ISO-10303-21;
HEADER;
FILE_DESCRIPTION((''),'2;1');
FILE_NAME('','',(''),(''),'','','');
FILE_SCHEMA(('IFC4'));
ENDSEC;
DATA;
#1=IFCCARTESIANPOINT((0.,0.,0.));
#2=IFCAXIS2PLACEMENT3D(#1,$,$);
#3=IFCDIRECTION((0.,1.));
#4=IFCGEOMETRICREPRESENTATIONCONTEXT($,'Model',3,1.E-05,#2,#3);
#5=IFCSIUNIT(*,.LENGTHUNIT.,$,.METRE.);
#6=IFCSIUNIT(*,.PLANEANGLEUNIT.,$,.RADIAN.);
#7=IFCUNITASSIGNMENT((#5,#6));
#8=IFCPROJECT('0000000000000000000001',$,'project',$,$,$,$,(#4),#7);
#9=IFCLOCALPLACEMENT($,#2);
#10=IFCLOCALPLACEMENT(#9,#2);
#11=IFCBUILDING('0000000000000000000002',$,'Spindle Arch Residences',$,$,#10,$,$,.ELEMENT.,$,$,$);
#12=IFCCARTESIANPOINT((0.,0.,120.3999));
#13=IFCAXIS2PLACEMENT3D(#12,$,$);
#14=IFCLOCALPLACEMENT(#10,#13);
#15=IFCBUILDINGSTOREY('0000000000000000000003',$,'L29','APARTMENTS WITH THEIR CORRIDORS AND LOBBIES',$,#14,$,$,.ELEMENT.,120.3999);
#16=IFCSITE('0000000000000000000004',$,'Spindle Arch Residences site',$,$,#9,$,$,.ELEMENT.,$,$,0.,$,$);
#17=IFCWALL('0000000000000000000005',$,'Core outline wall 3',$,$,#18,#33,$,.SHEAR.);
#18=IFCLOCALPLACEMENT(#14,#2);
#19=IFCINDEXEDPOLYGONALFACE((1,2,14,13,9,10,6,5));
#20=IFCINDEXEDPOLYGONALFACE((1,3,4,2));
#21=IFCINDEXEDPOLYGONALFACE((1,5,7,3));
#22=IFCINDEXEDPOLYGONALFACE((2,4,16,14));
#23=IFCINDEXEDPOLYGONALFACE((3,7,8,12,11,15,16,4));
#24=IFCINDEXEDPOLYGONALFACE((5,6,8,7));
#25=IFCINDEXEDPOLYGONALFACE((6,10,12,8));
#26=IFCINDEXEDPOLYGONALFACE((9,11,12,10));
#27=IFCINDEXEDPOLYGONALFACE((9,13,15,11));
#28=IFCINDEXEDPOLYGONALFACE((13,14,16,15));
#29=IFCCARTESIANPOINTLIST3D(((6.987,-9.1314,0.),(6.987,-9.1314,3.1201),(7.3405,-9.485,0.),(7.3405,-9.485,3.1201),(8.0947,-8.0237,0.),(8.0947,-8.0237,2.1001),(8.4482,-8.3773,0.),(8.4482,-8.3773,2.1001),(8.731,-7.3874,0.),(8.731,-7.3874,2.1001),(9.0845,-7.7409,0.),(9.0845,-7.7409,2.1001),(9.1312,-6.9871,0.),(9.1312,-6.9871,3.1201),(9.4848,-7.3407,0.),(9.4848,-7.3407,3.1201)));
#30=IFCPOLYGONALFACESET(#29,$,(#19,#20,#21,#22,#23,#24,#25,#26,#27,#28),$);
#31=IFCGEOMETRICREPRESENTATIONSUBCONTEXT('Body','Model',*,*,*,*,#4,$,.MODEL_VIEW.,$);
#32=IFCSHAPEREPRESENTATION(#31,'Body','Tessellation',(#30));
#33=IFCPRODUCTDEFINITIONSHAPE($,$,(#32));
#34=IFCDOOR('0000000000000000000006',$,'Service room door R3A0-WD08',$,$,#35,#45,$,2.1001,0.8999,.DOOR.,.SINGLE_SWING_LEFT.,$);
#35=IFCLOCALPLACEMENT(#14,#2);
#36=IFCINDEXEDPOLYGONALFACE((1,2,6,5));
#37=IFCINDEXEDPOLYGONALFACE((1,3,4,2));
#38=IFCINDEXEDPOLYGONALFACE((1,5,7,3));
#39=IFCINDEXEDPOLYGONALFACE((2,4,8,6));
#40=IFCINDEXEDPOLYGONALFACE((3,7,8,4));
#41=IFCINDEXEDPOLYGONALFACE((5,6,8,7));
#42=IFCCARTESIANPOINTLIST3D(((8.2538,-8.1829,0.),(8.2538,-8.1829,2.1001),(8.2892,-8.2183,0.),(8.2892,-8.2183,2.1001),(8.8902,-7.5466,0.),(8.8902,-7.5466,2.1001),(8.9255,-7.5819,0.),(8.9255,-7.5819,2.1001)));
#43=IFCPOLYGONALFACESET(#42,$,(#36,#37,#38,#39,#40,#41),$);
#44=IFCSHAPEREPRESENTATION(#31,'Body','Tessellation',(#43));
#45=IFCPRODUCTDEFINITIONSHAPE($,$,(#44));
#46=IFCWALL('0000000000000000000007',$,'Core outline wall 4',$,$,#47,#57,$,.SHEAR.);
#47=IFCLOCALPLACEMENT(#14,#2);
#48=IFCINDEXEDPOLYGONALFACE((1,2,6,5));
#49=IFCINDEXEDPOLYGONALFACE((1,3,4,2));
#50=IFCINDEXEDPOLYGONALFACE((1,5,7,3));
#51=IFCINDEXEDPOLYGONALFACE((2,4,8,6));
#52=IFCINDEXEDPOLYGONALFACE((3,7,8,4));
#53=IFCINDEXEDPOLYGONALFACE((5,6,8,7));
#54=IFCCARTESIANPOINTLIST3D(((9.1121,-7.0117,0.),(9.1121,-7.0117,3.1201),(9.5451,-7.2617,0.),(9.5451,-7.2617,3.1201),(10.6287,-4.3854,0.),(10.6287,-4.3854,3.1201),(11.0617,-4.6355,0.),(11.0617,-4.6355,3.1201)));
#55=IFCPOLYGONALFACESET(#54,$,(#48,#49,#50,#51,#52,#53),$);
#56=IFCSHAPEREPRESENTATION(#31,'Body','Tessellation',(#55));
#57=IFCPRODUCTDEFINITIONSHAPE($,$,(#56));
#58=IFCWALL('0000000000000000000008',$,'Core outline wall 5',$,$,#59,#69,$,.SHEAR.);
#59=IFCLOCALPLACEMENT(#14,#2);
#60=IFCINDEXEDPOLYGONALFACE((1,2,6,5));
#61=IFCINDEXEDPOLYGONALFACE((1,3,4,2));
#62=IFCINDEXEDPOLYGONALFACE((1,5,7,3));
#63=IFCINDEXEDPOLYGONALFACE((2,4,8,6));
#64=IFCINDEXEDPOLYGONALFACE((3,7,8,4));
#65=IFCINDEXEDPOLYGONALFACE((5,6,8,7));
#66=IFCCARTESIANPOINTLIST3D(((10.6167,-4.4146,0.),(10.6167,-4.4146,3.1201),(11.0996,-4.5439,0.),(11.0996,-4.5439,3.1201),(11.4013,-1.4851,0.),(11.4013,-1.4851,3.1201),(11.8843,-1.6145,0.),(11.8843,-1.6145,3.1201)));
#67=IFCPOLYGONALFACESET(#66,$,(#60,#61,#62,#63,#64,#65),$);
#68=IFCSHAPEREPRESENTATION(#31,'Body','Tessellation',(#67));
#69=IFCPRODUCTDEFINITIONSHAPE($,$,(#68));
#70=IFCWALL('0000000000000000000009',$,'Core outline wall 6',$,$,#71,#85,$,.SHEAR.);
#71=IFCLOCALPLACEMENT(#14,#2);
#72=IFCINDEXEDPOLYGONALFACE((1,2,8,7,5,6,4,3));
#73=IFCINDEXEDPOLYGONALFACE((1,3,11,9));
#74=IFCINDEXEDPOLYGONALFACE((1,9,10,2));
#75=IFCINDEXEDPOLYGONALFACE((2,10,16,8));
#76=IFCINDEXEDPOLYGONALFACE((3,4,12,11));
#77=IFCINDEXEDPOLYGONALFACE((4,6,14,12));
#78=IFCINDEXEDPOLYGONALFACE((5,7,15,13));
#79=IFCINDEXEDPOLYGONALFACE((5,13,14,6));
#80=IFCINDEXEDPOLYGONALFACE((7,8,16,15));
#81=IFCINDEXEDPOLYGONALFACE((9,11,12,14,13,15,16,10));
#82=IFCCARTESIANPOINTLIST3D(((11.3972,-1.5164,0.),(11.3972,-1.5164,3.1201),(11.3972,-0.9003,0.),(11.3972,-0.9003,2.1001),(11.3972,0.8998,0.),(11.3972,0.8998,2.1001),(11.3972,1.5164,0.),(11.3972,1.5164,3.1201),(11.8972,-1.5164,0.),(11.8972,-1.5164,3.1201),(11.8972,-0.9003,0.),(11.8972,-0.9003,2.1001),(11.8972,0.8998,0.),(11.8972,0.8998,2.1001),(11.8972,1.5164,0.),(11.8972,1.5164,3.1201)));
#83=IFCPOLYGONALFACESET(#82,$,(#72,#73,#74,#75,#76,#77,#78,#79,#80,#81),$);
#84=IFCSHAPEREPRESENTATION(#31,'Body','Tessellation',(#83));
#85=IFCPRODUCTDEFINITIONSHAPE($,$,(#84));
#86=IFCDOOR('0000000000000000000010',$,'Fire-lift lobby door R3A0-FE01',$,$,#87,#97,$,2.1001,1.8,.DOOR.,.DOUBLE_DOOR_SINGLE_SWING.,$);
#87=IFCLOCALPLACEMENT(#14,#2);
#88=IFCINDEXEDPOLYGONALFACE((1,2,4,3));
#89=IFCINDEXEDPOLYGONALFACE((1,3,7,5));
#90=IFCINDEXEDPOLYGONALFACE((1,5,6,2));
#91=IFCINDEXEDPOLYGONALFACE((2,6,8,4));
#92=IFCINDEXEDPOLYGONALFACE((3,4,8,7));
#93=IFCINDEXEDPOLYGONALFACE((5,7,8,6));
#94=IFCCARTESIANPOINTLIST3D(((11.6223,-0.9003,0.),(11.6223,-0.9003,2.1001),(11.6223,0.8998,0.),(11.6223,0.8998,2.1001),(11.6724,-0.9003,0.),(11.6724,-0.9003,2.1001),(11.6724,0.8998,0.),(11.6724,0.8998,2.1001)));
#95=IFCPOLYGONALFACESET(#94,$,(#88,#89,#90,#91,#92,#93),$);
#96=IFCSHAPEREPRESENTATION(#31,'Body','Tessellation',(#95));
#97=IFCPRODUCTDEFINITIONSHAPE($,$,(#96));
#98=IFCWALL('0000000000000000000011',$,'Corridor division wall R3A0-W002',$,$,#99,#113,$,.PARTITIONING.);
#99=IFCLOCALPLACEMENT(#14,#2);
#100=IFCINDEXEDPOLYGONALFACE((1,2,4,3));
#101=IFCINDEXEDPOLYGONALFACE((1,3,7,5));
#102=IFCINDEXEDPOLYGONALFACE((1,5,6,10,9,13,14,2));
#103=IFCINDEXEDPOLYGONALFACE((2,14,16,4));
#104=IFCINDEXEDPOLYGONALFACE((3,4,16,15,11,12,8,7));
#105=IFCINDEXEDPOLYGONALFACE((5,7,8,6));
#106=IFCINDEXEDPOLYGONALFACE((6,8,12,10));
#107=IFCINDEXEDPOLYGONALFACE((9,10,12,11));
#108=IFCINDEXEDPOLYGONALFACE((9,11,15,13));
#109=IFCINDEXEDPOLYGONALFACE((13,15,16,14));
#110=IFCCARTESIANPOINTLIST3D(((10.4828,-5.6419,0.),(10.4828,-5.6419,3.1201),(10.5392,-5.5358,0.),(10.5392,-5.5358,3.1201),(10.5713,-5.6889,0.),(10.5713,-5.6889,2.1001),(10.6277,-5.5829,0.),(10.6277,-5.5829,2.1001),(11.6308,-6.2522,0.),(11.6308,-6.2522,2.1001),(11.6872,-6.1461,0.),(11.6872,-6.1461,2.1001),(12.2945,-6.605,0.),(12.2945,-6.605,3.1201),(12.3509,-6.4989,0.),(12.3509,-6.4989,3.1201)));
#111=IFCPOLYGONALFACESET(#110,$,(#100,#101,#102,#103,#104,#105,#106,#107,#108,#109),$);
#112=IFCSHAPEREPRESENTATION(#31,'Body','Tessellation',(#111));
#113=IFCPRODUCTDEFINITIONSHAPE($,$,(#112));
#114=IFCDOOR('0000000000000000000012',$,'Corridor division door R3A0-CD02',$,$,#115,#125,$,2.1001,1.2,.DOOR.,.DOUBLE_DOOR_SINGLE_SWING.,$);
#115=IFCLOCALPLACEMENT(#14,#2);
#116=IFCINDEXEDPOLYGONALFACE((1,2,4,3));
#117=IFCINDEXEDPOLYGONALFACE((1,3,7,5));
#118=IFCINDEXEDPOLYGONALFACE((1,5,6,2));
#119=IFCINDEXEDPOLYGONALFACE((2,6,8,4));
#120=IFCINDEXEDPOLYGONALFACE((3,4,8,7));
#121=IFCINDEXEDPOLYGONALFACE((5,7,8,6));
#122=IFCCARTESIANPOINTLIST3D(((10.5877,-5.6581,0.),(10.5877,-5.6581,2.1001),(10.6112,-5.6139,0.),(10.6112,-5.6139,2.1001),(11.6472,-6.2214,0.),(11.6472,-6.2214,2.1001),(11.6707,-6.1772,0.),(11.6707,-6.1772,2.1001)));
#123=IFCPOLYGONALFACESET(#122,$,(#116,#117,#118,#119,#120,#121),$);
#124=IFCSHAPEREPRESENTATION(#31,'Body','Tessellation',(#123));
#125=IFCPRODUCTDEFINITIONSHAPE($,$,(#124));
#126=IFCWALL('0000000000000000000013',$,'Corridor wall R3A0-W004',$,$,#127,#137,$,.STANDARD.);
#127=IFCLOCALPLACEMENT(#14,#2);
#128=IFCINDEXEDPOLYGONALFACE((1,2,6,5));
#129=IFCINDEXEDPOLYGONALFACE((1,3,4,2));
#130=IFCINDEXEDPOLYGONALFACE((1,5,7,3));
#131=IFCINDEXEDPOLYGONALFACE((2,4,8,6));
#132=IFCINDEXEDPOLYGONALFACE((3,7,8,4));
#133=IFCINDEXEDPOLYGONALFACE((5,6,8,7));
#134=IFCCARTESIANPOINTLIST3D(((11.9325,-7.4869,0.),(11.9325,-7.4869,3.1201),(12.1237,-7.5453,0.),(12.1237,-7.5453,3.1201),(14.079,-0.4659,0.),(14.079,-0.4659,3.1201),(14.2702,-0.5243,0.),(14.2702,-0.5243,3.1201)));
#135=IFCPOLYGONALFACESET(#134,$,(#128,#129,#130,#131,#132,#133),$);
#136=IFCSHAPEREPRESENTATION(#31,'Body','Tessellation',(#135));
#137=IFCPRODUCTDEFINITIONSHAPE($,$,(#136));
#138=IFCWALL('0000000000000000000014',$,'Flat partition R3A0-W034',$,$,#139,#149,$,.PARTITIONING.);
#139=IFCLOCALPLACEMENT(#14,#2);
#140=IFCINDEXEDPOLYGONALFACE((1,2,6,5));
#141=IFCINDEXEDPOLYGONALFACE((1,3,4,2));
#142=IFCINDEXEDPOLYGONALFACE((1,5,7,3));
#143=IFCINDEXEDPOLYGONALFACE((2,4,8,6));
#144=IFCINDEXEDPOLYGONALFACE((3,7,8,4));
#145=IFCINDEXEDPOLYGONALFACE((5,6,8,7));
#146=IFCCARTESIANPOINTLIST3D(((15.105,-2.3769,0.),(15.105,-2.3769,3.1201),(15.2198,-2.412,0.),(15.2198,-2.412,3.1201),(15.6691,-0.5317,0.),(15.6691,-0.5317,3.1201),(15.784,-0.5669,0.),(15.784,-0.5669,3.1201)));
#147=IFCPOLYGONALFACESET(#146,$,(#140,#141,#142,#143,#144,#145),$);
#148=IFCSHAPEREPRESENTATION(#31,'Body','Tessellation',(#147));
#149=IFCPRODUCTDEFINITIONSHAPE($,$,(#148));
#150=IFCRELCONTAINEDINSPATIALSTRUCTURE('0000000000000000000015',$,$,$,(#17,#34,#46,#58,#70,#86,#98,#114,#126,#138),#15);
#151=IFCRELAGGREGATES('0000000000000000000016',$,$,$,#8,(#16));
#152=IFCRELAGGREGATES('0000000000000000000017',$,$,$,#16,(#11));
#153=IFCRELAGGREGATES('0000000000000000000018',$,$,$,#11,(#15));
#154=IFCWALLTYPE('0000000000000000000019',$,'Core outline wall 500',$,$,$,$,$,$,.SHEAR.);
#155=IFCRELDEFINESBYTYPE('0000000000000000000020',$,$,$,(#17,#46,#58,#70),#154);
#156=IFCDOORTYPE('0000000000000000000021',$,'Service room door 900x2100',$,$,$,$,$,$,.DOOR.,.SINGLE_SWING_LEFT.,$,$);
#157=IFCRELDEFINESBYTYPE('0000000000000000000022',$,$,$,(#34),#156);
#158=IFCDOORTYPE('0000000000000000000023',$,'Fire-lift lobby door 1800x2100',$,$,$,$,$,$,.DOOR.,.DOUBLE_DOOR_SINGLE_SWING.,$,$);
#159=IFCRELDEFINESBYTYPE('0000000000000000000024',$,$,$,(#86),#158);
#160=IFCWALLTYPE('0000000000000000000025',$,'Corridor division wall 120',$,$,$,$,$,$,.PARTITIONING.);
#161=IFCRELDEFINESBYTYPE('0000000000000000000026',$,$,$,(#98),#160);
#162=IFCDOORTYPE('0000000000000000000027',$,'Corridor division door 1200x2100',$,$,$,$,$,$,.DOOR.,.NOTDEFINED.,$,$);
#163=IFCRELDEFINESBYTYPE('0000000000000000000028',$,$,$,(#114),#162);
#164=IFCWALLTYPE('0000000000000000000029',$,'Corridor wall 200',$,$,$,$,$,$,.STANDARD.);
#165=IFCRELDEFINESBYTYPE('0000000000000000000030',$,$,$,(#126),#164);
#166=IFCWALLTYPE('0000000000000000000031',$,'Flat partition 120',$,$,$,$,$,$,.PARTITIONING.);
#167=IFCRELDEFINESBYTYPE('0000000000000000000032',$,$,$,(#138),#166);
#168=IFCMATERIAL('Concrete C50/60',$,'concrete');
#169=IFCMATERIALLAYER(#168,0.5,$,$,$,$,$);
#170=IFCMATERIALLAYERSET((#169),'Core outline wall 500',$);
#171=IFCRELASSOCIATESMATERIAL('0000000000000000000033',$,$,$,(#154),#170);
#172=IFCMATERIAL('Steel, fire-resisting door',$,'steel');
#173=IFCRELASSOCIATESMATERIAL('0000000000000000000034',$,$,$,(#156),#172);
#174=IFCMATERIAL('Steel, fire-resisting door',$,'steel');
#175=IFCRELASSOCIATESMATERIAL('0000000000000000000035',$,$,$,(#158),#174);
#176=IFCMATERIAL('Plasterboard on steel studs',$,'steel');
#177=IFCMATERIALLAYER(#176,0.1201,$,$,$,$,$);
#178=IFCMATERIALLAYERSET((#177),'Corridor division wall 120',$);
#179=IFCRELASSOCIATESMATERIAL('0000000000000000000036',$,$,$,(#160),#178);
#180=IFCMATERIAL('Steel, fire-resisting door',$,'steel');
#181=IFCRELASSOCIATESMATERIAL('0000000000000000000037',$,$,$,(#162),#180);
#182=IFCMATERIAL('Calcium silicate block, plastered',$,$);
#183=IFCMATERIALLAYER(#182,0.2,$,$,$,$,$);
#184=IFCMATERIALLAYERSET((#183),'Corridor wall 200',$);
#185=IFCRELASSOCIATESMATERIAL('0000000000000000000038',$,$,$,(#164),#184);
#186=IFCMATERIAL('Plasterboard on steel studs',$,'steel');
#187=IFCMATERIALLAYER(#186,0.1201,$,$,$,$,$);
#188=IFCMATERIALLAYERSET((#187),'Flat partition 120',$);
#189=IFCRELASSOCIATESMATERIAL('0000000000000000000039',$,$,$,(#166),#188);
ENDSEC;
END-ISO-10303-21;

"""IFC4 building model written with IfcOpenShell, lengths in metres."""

from ifc_helpers import new_model, si_unit, direction, frame, frame_2d, origin, place, context, subcontext, project, spatial, rectangle, extrude, material, layer, layer_set, type_object, element, fill, save


model = new_model("IFC4")

# Units and contexts
model_context = context("Model", 3, precision=1e-05, world=origin(), true_north=direction((0.0, 1.0)))
body_context = subcontext(model_context, "Body", "Model", "MODEL_VIEW")
ifc_project = project(units=[si_unit("LENGTHUNIT", "METRE"), si_unit("PLANEANGLEUNIT", "RADIAN")], contexts=[model_context])

# Site, building, storey
site_placement = place(None, origin())
site = spatial("IfcSite", under=ifc_project, at=site_placement, Name="Spindle Arch Residences site", CompositionType="ELEMENT", RefElevation=0.0)
building_placement = place(site_placement, origin())
building = spatial("IfcBuilding", under=site, at=building_placement, Name="Spindle Arch Residences", CompositionType="ELEMENT")
storey_placement = place(building_placement, frame((0.0, 0.0, 120.3999)))
storey = spatial("IfcBuildingStorey", under=building, at=storey_placement, Name="L29", Description="APARTMENTS WITH THEIR CORRIDORS AND LOBBIES", CompositionType="ELEMENT", Elevation=120.3999)

# Wall, opening, door
ifc_material_1 = material(Name="Concrete C50/60", Category="concrete")
ifc_layer_1 = layer(ifc_material_1, 0.5)
ifc_layer_set_1 = layer_set([ifc_layer_1], Name="Core outline wall 500")
wall_type_1 = type_object("IfcWallType", Name="Core outline wall 500", PredefinedType="SHEAR", material=ifc_layer_set_1)
wall_1_placement = place(storey_placement, frame((7.1638, -9.3081, 0.0), z_axis=(0.0, 0.0, 1.0), x_axis=(0.707107, 0.707107, 0.0)))
wall_1 = element("IfcWall", 1, at=wall_1_placement, inside=storey, type_object=wall_type_1, Name="Core outline wall 3", PredefinedType="SHEAR", context=body_context, shape_type="SweptSolid", body=[
    extrude(rectangle(XDim=3.0325, YDim=0.5, at=frame_2d((1.5161, 0.0))), origin(), (0.0, 0.0, 1.0), 3.1201),
])
opening_1_placement = place(wall_1_placement, frame((1.5664, 0.0, 0.0)))
opening_1 = element("IfcOpeningElement", 2, at=opening_1_placement, cuts=wall_1, PredefinedType="OPENING", context=body_context, shape_type="SweptSolid", body=[
    extrude(rectangle(XDim=0.8999, YDim=2.1001, at=frame_2d((0.45, 1.05))), frame((0.0, 0.26, 0.0), z_axis=(0.0, -1.0, 0.0), x_axis=(1.0, 0.0, 0.0)), (0.0, 0.0, 1.0), 0.52),
])
ifc_material_2 = material(Name="Steel, fire-resisting door", Category="steel")
door_type_1 = type_object("IfcDoorType", Name="Service room door 900x2100", OperationType="SINGLE_SWING_LEFT", PredefinedType="DOOR", material=ifc_material_2)
door_1_placement = place(opening_1_placement, origin())
door_1 = element("IfcDoor", 3, at=door_1_placement, inside=storey, type_object=door_type_1, Name="Service room door R3A0-WD08", OperationType="SINGLE_SWING_LEFT", OverallHeight=2.1001, OverallWidth=0.8999, PredefinedType="DOOR", context=body_context, shape_type="SweptSolid", body=[
    extrude(rectangle(XDim=0.8999, YDim=2.1001, at=frame_2d((0.45, 1.05))), frame((0.0, 0.0249, 0.0), z_axis=(0.0, -1.0, 0.0), x_axis=(1.0, 0.0, 0.0)), (0.0, 0.0, 1.0), 0.05),
])
fill(opening_1, door_1)

# Walls
for number, where, z_axis, x_axis, name in (
    (4, (9.3286, -7.1367, 0.0), (0.0, 0.0, 1.0), (0.500087, 0.865975, 0.0), "Core outline wall 4"),
    (5, (10.8582, -4.4792, 0.0), (0.0, 0.0, 1.0), (0.258735, 0.965948, 0.0), "Core outline wall 5"),
):
    element("IfcWall", number, at=place(storey_placement, frame(where, z_axis=z_axis, x_axis=x_axis)), inside=storey, type_object=wall_type_1, Name=name, PredefinedType="SHEAR", context=body_context, shape_type="SweptSolid", body=[
        extrude(rectangle(XDim=3.0327, YDim=0.5, at=frame_2d((1.5164, 0.0))), origin(), (0.0, 0.0, 1.0), 3.1201),
    ])

# Walls, openings, doors
wall_2_placement = place(storey_placement, frame((11.6472, -1.5164, 0.0), z_axis=(0.0, 0.0, 1.0), x_axis=(0.0, 1.0, 0.0)))
wall_2 = element("IfcWall", 6, at=wall_2_placement, inside=storey, type_object=wall_type_1, Name="Core outline wall 6", PredefinedType="SHEAR", context=body_context, shape_type="SweptSolid", body=[
    extrude(rectangle(XDim=3.0327, YDim=0.5, at=frame_2d((1.5164, 0.0))), origin(), (0.0, 0.0, 1.0), 3.1201),
])
opening_2_placement = place(wall_2_placement, frame((0.6162, 0.0, 0.0)))
opening_2 = element("IfcOpeningElement", 7, at=opening_2_placement, cuts=wall_2, PredefinedType="OPENING", context=body_context, shape_type="SweptSolid", body=[
    extrude(rectangle(XDim=1.8, YDim=2.1001, at=frame_2d((0.8999, 1.05))), frame((0.0, 0.26, 0.0), z_axis=(0.0, -1.0, 0.0), x_axis=(1.0, 0.0, 0.0)), (0.0, 0.0, 1.0), 0.52),
])
ifc_material_3 = material(Name="Steel, fire-resisting door", Category="steel")
door_type_2 = type_object("IfcDoorType", Name="Fire-lift lobby door 1800x2100", OperationType="DOUBLE_DOOR_SINGLE_SWING", PredefinedType="DOOR", material=ifc_material_3)
door_2_placement = place(opening_2_placement, origin())
door_2 = element("IfcDoor", 8, at=door_2_placement, inside=storey, type_object=door_type_2, Name="Fire-lift lobby door R3A0-FE01", OperationType="DOUBLE_DOOR_SINGLE_SWING", OverallHeight=2.1001, OverallWidth=1.8, PredefinedType="DOOR", context=body_context, shape_type="SweptSolid", body=[
    extrude(rectangle(XDim=1.8, YDim=2.1001, at=frame_2d((0.8999, 1.05))), frame((0.0, 0.0249, 0.0), z_axis=(0.0, -1.0, 0.0), x_axis=(1.0, 0.0, 0.0)), (0.0, 0.0, 1.0), 0.05),
])
fill(opening_2, door_2)
ifc_material_4 = material(Name="Plasterboard on steel studs", Category="steel")
ifc_layer_2 = layer(ifc_material_4, 0.1201)
ifc_layer_set_2 = layer_set([ifc_layer_2], Name="Corridor division wall 120")
wall_type_2 = type_object("IfcWallType", Name="Corridor division wall 120", PredefinedType="PARTITIONING", material=ifc_layer_set_2)
wall_3_placement = place(storey_placement, frame((10.511, -5.5889, 0.0), z_axis=(0.0, 0.0, 1.0), x_axis=(0.882988, -0.469396, 0.0)))
wall_3 = element("IfcWall", 9, at=wall_3_placement, inside=storey, type_object=wall_type_2, Name="Corridor division wall R3A0-W002", PredefinedType="PARTITIONING", context=body_context, shape_type="SweptSolid", body=[
    extrude(rectangle(XDim=2.0518, YDim=0.1201, at=frame_2d((1.0259, 0.0))), origin(), (0.0, 0.0, 1.0), 3.1201),
])
opening_3_placement = place(wall_3_placement, frame((0.1001, 0.0, 0.0)))
opening_3 = element("IfcOpeningElement", 10, at=opening_3_placement, cuts=wall_3, PredefinedType="OPENING", context=body_context, shape_type="SweptSolid", body=[
    extrude(rectangle(XDim=1.2, YDim=2.1001, at=frame_2d((0.6001, 1.05))), frame((0.0, 0.0701, 0.0), z_axis=(0.0, -1.0, 0.0), x_axis=(1.0, 0.0, 0.0)), (0.0, 0.0, 1.0), 0.1401),
])
ifc_material_5 = material(Name="Steel, fire-resisting door", Category="steel")
door_type_3 = type_object("IfcDoorType", Name="Corridor division door 1200x2100", OperationType="NOTDEFINED", PredefinedType="DOOR", material=ifc_material_5)
door_3_placement = place(opening_3_placement, origin())
door_3 = element("IfcDoor", 11, at=door_3_placement, inside=storey, type_object=door_type_3, Name="Corridor division door R3A0-CD02", OperationType="DOUBLE_DOOR_SINGLE_SWING", OverallHeight=2.1001, OverallWidth=1.2, PredefinedType="DOOR", context=body_context, shape_type="SweptSolid", body=[
    extrude(rectangle(XDim=1.2, YDim=2.1001, at=frame_2d((0.6001, 1.05))), frame((0.0, 0.0249, 0.0), z_axis=(0.0, -1.0, 0.0), x_axis=(1.0, 0.0, 0.0)), (0.0, 0.0, 1.0), 0.05),
])
fill(opening_3, door_3)

# Walls
ifc_material_6 = material(Name="Calcium silicate block, plastered")
ifc_layer_3 = layer(ifc_material_6, 0.2)
ifc_layer_set_3 = layer_set([ifc_layer_3], Name="Corridor wall 200")
wall_type_3 = type_object("IfcWallType", Name="Corridor wall 200", PredefinedType="STANDARD", material=ifc_layer_set_3)
wall_4_placement = place(storey_placement, frame((12.0281, -7.5161, 0.0), z_axis=(0.0, 0.0, 1.0), x_axis=(0.292366, 0.956307, 0.0)))
element("IfcWall", 12, at=wall_4_placement, inside=storey, type_object=wall_type_3, Name="Corridor wall R3A0-W004", PredefinedType="STANDARD", context=body_context, shape_type="SweptSolid", body=[
    extrude(rectangle(XDim=7.3418, YDim=0.2, at=frame_2d((3.6709, 0.0))), origin(), (0.0, 0.0, 1.0), 3.1201),
])
ifc_material_7 = material(Name="Plasterboard on steel studs", Category="steel")
ifc_layer_4 = layer(ifc_material_7, 0.1201)
ifc_layer_set_4 = layer_set([ifc_layer_4], Name="Flat partition 120")
wall_type_4 = type_object("IfcWallType", Name="Flat partition 120", PredefinedType="PARTITIONING", material=ifc_layer_set_4)
wall_5_placement = place(storey_placement, frame((15.1624, -2.3945, 0.0), z_axis=(0.0, 0.0, 1.0), x_axis=(0.292405, 0.956295, 0.0)))
element("IfcWall", 13, at=wall_5_placement, inside=storey, type_object=wall_type_4, Name="Flat partition R3A0-W034", PredefinedType="PARTITIONING", context=body_context, shape_type="SweptSolid", body=[
    extrude(rectangle(XDim=1.9294, YDim=0.1201, at=frame_2d((0.9648, 0.0))), origin(), (0.0, 0.0, 1.0), 3.1201),
])

save(model, "model.ifc")
